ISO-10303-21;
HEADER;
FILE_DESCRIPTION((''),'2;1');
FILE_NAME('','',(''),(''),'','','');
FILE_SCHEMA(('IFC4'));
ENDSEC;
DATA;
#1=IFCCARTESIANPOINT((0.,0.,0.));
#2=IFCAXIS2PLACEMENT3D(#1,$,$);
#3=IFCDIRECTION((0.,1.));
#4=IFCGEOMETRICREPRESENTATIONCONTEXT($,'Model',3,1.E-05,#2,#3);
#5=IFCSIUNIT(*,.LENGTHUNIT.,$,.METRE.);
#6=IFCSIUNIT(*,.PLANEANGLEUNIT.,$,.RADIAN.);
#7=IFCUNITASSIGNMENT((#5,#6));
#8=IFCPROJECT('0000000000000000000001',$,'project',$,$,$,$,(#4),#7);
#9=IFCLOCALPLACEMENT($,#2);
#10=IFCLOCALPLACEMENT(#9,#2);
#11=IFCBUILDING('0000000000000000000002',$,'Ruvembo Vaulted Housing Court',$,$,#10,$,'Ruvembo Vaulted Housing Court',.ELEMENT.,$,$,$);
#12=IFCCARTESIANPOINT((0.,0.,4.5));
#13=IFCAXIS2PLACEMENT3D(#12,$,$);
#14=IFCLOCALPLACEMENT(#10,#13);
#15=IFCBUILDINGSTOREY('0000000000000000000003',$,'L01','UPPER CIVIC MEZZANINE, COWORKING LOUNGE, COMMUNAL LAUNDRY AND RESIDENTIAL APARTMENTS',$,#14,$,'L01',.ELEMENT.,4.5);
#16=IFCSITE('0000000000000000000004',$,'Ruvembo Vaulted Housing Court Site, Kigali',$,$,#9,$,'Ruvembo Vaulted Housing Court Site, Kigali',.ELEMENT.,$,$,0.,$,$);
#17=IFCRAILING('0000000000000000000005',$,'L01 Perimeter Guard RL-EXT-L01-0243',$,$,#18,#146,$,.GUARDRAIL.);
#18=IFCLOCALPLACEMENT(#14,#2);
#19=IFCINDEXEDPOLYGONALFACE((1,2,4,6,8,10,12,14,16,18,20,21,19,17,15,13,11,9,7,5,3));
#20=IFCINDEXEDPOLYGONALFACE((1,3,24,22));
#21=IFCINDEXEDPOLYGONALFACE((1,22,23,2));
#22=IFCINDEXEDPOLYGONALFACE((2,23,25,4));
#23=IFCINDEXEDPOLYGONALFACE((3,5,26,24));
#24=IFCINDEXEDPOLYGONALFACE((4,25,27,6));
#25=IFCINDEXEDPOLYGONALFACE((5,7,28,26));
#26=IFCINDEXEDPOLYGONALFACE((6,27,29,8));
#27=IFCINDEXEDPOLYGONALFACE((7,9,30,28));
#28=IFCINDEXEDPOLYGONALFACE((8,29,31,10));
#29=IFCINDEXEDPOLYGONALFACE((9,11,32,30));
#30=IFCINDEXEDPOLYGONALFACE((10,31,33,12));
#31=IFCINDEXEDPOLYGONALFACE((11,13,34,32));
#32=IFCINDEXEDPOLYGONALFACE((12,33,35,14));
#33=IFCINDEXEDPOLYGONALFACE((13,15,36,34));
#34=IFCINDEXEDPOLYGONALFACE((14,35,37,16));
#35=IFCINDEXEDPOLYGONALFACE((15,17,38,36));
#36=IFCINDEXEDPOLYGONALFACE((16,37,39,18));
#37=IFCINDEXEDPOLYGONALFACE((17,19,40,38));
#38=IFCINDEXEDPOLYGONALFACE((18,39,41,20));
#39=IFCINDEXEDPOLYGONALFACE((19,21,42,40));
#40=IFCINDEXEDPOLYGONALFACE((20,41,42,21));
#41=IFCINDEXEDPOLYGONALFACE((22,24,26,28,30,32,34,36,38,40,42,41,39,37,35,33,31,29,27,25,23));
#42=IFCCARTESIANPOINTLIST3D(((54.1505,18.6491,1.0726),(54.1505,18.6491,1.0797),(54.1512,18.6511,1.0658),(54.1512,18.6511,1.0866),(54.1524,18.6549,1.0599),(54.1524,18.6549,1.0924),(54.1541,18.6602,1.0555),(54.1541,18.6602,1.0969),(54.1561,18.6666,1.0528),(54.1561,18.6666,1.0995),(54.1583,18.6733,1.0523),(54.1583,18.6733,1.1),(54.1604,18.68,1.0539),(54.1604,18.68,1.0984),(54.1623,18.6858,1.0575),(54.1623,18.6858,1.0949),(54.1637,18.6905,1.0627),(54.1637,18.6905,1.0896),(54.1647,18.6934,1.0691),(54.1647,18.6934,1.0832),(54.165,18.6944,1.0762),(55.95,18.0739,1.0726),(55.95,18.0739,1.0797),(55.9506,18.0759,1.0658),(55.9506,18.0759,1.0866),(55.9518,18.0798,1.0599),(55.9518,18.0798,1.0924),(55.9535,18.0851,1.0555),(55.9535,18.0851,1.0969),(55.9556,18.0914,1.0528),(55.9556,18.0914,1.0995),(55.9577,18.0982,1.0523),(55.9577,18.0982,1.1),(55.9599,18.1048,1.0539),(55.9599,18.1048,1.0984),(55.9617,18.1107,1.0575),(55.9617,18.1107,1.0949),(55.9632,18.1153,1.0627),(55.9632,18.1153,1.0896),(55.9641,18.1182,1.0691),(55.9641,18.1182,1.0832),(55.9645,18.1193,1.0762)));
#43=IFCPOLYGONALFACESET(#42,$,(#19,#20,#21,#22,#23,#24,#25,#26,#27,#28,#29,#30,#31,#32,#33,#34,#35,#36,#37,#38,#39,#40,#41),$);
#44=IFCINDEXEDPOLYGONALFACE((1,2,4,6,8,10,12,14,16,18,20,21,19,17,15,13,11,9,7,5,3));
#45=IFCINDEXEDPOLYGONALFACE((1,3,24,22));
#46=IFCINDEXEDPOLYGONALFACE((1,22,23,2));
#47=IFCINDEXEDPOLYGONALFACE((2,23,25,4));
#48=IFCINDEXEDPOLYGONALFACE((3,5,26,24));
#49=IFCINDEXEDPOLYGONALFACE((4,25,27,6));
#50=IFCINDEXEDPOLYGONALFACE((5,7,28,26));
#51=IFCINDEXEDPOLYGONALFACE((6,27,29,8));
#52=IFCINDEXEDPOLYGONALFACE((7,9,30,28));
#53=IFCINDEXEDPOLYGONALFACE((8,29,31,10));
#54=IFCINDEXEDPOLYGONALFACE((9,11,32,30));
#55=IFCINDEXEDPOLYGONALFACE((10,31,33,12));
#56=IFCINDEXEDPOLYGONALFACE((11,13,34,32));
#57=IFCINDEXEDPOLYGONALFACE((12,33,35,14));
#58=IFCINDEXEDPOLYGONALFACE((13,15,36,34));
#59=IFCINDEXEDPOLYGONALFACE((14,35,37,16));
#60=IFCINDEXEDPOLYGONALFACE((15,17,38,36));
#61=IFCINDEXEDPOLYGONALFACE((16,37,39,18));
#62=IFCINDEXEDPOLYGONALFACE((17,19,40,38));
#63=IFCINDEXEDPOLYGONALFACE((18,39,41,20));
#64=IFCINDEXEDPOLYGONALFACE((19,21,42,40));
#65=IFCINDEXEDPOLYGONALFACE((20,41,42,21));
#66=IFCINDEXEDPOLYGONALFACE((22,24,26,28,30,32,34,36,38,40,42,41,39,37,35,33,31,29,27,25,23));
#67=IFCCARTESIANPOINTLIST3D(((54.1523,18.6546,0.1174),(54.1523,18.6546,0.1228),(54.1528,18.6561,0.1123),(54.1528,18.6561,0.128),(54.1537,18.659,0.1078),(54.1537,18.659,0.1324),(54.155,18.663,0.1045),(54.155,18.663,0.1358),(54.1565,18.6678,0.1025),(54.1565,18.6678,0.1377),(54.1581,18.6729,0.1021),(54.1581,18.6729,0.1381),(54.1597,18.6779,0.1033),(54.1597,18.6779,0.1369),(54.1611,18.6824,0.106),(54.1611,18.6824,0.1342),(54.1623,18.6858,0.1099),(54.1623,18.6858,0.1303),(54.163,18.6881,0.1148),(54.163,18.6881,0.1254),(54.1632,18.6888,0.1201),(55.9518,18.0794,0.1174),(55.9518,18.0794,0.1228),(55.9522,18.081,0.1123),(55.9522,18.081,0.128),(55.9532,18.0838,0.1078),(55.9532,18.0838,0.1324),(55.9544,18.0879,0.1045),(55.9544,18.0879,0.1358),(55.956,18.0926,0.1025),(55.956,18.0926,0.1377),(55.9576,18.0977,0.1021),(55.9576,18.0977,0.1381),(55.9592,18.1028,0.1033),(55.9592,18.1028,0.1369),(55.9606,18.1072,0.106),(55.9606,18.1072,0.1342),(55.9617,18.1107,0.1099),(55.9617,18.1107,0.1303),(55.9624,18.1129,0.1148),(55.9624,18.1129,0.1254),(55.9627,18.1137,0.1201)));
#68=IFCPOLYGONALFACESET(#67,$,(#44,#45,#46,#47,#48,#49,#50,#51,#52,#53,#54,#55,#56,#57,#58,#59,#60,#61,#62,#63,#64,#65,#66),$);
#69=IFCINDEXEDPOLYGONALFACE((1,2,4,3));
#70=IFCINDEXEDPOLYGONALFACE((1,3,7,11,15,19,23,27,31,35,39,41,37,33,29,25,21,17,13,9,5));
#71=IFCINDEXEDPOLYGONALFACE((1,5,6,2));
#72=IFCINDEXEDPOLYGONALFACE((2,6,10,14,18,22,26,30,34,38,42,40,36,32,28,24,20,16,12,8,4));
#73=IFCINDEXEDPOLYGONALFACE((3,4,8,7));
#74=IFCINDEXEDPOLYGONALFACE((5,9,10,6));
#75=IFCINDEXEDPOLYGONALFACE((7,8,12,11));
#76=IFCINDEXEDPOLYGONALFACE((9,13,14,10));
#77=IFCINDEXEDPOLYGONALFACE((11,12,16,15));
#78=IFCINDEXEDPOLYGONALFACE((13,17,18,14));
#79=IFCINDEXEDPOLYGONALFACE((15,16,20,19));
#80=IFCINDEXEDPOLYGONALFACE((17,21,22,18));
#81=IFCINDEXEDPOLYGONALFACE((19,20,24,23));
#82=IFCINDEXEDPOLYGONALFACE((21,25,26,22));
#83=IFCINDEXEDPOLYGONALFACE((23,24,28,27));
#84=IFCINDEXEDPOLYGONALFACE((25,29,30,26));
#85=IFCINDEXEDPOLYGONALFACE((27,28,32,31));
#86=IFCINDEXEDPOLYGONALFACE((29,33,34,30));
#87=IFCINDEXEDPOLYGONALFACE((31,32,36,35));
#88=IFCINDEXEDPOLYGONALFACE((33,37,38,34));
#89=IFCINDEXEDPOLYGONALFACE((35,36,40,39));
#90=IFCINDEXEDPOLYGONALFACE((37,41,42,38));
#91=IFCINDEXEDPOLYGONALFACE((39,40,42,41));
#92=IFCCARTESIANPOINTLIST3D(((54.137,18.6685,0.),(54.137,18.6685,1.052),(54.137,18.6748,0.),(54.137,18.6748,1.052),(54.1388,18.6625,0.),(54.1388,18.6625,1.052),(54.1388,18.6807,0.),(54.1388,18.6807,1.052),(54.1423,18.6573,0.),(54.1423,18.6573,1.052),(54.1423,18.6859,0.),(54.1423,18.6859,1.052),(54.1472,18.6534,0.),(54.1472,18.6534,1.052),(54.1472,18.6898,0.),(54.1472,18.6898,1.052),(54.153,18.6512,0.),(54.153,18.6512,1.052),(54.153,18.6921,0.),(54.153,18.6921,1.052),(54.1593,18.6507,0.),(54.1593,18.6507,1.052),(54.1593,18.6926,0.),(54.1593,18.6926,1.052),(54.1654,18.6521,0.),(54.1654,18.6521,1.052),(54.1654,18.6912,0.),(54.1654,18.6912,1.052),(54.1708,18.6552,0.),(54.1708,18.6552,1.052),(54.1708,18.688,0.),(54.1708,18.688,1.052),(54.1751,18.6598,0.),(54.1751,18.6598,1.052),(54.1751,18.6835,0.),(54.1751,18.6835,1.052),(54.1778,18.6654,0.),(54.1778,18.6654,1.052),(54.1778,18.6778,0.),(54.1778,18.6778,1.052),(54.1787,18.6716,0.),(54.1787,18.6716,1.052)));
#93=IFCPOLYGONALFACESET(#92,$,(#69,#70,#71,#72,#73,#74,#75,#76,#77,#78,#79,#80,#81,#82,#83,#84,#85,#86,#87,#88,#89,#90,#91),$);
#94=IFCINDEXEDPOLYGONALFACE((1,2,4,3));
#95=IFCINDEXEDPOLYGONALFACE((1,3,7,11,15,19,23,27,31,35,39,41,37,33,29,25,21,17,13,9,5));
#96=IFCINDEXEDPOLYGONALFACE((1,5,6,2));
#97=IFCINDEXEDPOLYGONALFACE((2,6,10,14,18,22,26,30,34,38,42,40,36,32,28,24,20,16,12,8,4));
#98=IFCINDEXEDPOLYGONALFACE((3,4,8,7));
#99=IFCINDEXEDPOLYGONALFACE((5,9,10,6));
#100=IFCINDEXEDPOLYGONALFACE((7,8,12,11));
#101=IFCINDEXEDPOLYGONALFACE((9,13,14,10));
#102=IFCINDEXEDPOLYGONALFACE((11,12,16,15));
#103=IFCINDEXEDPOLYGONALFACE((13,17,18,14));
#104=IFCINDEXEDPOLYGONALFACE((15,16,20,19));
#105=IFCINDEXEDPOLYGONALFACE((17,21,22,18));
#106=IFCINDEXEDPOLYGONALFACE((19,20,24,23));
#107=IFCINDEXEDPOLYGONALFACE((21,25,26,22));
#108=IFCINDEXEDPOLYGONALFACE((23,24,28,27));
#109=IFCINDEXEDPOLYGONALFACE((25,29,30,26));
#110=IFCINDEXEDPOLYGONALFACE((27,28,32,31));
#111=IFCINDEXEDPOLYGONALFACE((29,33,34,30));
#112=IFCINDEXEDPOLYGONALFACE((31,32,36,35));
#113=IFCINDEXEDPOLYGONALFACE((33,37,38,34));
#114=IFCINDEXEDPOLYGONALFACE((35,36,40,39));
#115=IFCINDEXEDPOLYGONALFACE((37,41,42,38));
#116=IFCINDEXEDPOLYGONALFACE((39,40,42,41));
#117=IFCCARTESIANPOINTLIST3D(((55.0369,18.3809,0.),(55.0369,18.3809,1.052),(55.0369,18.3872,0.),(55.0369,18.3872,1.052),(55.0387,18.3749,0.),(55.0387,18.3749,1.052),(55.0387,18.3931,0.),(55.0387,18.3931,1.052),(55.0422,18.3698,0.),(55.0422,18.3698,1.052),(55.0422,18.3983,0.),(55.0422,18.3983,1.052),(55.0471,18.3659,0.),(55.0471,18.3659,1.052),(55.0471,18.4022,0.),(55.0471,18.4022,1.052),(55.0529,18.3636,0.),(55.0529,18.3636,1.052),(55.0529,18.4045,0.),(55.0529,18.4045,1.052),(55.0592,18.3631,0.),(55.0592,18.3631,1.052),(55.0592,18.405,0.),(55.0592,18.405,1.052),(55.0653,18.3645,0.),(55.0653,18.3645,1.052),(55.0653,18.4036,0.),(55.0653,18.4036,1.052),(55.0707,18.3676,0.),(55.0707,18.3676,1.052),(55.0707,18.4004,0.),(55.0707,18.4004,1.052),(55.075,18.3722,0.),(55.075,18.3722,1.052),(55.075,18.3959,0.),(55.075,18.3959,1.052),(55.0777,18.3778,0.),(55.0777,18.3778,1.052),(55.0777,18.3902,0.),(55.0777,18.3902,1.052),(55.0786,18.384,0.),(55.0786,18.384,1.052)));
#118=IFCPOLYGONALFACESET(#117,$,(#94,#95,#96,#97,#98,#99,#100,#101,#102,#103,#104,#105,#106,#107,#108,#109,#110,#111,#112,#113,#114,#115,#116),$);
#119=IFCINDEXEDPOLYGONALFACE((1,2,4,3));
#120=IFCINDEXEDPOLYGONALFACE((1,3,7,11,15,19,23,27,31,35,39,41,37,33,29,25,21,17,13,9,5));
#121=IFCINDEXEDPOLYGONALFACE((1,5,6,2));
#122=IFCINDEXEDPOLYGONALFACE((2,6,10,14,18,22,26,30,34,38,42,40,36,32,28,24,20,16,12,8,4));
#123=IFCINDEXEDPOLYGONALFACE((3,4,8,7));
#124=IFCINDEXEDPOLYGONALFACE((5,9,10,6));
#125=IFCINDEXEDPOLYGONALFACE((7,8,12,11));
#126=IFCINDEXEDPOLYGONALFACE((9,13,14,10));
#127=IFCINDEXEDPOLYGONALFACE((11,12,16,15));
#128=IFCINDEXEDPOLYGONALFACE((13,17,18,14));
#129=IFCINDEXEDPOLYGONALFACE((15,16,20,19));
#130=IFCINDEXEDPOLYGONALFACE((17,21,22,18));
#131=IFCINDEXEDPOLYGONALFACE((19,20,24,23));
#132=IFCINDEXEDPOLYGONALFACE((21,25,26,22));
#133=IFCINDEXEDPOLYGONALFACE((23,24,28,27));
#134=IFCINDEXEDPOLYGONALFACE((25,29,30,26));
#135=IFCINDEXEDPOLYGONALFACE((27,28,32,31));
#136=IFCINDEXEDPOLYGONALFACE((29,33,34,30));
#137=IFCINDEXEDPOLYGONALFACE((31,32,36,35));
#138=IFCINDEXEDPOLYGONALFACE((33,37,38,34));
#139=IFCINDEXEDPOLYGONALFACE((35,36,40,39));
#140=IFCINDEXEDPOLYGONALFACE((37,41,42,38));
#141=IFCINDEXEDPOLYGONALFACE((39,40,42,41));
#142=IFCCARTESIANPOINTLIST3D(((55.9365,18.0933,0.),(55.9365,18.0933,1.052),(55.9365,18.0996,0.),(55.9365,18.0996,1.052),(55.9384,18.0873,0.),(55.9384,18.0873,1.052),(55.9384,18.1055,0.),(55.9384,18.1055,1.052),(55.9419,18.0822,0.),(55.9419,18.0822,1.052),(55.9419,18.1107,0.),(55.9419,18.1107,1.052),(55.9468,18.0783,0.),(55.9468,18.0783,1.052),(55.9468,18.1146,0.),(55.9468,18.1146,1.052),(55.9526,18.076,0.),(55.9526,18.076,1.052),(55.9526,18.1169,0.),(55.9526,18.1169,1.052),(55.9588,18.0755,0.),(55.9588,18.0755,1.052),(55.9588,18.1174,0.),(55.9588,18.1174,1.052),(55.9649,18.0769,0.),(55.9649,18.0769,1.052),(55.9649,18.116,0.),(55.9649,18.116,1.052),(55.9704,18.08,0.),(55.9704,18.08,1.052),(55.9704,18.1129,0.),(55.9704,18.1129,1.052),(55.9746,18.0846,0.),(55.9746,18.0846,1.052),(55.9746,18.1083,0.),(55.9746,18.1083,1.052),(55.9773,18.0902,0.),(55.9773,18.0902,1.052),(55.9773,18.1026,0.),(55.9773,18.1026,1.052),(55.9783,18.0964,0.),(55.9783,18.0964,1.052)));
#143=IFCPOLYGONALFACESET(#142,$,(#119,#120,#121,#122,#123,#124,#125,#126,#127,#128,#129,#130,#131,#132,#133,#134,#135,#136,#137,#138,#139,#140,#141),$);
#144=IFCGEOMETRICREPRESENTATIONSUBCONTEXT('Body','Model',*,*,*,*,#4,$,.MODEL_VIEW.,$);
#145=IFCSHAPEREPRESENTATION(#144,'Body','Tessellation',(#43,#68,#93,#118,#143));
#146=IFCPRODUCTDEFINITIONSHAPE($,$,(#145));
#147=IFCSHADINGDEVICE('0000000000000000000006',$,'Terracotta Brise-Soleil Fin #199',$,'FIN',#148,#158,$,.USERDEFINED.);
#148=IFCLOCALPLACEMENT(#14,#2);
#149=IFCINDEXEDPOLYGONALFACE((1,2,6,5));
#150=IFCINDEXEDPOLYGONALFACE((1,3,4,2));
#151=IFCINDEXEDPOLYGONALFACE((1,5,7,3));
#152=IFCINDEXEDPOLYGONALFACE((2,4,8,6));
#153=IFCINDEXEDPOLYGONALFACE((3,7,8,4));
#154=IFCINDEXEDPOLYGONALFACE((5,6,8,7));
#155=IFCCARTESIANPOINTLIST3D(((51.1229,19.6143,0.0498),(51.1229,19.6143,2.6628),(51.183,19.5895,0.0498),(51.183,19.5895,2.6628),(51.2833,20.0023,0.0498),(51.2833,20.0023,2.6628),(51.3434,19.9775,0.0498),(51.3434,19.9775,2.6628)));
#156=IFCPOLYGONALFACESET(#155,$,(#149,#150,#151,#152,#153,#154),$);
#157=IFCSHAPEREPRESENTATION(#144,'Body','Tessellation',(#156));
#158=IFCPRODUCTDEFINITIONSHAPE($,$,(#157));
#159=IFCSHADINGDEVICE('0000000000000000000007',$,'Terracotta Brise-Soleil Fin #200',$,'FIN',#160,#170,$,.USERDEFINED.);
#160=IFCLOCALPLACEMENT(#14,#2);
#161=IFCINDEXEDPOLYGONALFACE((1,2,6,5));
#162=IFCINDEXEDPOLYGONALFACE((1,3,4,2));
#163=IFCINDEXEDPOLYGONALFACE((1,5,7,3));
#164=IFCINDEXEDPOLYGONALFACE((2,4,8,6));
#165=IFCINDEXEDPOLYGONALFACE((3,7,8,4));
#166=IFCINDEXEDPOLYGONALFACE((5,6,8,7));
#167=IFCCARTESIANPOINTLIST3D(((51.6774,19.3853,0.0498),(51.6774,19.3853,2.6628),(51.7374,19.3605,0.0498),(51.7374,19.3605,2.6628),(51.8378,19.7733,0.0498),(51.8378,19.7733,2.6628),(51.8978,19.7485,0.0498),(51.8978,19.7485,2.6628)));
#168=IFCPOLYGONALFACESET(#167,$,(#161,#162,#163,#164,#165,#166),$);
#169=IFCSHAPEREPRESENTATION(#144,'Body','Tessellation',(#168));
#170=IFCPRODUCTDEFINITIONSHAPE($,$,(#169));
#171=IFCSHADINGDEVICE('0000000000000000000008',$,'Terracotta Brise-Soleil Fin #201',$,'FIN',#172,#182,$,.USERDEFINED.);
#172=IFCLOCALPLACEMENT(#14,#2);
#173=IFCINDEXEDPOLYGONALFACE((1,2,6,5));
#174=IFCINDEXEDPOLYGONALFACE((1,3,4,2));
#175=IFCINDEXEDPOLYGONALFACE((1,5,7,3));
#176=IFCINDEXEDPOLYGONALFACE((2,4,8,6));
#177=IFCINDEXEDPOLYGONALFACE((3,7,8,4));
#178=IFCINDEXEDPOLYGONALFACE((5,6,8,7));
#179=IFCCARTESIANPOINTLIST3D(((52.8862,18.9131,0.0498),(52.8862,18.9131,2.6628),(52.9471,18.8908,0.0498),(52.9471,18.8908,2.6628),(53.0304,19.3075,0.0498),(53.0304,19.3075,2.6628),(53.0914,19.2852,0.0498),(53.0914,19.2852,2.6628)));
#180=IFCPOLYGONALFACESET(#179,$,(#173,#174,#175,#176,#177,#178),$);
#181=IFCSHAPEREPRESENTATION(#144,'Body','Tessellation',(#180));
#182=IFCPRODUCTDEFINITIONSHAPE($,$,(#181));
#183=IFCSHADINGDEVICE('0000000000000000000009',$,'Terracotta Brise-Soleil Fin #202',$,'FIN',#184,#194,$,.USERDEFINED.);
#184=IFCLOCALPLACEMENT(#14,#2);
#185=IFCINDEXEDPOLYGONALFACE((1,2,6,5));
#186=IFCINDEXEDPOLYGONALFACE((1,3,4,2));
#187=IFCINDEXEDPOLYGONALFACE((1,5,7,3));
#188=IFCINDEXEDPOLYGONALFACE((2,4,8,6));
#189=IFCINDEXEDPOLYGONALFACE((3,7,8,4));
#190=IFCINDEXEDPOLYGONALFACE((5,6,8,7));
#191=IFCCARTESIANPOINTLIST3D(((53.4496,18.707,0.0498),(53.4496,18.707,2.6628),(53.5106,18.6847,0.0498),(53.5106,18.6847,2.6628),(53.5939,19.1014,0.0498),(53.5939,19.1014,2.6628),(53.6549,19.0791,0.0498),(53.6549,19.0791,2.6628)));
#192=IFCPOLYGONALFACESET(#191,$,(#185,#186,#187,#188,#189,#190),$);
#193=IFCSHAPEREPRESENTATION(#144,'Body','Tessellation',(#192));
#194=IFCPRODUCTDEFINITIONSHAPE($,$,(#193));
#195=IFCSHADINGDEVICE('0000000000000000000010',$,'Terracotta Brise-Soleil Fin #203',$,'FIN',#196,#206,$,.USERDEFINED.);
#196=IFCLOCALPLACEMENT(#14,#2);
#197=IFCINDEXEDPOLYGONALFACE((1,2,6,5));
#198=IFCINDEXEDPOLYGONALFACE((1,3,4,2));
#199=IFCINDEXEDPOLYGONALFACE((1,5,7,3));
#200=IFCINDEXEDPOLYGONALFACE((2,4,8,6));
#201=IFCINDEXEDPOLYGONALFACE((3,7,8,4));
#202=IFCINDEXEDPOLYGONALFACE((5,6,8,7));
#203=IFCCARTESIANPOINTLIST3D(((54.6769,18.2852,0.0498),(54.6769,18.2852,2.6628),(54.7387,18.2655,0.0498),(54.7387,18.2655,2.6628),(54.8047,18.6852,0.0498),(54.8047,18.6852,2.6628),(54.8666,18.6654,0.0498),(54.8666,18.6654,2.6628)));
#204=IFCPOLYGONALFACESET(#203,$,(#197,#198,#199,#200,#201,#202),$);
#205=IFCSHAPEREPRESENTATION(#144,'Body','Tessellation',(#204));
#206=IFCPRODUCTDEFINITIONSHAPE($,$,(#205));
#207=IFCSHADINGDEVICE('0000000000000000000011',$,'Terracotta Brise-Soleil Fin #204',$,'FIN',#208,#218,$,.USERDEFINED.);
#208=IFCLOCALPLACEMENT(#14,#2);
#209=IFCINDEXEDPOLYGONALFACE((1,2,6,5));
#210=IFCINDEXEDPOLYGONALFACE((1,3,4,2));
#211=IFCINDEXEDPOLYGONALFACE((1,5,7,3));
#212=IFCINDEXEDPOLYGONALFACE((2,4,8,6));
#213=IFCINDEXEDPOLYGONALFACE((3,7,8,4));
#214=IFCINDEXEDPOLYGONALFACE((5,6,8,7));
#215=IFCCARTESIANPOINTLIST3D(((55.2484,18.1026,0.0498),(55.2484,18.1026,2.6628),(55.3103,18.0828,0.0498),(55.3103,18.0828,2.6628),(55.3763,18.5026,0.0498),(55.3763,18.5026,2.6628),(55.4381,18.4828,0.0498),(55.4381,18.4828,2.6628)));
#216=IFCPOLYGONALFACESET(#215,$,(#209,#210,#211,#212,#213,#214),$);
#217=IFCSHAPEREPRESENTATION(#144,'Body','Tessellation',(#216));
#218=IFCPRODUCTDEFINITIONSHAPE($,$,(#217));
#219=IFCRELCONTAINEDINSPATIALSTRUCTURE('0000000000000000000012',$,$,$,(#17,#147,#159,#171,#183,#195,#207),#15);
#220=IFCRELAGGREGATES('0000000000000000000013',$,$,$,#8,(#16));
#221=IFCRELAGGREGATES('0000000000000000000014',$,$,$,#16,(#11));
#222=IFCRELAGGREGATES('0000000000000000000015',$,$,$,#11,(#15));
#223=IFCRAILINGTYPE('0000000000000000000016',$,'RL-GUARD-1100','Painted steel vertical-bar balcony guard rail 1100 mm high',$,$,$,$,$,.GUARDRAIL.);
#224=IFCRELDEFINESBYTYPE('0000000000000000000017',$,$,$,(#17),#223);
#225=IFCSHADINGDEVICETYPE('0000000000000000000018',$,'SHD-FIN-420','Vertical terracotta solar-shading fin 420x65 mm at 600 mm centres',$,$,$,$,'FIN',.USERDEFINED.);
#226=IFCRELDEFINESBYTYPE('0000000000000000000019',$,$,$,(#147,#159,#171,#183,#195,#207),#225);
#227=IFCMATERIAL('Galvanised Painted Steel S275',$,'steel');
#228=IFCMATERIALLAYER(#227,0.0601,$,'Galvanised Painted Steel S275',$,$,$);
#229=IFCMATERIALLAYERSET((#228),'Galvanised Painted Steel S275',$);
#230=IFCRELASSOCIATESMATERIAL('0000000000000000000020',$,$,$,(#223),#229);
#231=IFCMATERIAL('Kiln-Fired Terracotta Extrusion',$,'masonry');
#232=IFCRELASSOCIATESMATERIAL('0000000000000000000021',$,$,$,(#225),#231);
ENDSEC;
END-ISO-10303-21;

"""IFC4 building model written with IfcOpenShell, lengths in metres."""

from ifc_helpers import new_model, si_unit, direction, frame, origin, origin_2d, place, context, subcontext, project, spatial, rectangle, circle, extrude, material, layer, layer_set, type_object, element, save


model = new_model("IFC4")

# Units and contexts
model_context = context("Model", 3, precision=1e-05, world=origin(), true_north=direction((0.0, 1.0)))
body_context = subcontext(model_context, "Body", "Model", "MODEL_VIEW")
ifc_project = project(units=[si_unit("LENGTHUNIT", "METRE"), si_unit("PLANEANGLEUNIT", "RADIAN")], contexts=[model_context])

# Site, building, storey
site_placement = place(None, origin())
site = spatial("IfcSite", under=ifc_project, at=site_placement, Name="Ruvembo Vaulted Housing Court Site, Kigali", LongName="Ruvembo Vaulted Housing Court Site, Kigali", CompositionType="ELEMENT", RefElevation=0.0)
building_placement = place(site_placement, origin())
building = spatial("IfcBuilding", under=site, at=building_placement, Name="Ruvembo Vaulted Housing Court", LongName="Ruvembo Vaulted Housing Court", CompositionType="ELEMENT")
storey_placement = place(building_placement, frame((0.0, 0.0, 4.5)))
storey = spatial("IfcBuildingStorey", under=building, at=storey_placement, Name="L01", Description="UPPER CIVIC MEZZANINE, COWORKING LOUNGE, COMMUNAL LAUNDRY AND RESIDENTIAL APARTMENTS", LongName="L01", CompositionType="ELEMENT", Elevation=4.5)

# Railing
ifc_material_1 = material(Name="Galvanised Painted Steel S275", Category="steel")
ifc_layer_1 = layer(ifc_material_1, 0.0601, Name="Galvanised Painted Steel S275")
ifc_layer_set_1 = layer_set([ifc_layer_1], Name="Galvanised Painted Steel S275")
railing_type = type_object("IfcRailingType", Name="RL-GUARD-1100", Description="Painted steel vertical-bar balcony guard rail 1100 mm high", PredefinedType="GUARDRAIL", material=ifc_layer_set_1)
railing_1_placement = place(storey_placement, frame((54.1577, 18.6716, 0.0)))
element("IfcRailing", 1, at=railing_1_placement, inside=storey, type_object=railing_type, Name="L01 Perimeter Guard RL-EXT-L01-0243", PredefinedType="GUARDRAIL", context=body_context, shape_type="SweptSolid", body=[
    extrude(circle(Radius=0.0239, at=origin_2d()), frame((0.0, 0.0, 1.0762), z_axis=(0.952526, -0.304457, 0.0), x_axis=(0.304457, 0.952526, 0.0)), (0.0, 0.0, 1.0), 1.8892),
    extrude(circle(Radius=0.0181, at=origin_2d()), frame((0.0, 0.0, 0.1201), z_axis=(0.952526, -0.304457, 0.0), x_axis=(0.304457, 0.952526, 0.0)), (0.0, 0.0, 1.0), 1.8892),
    extrude(circle(Radius=0.021, at=origin_2d()), origin(), (0.0, 0.0, 1.0), 1.052),
    extrude(circle(Radius=0.021, at=origin_2d()), frame((0.8999, -0.2876, 0.0)), (0.0, 0.0, 1.0), 1.052),
    extrude(circle(Radius=0.021, at=origin_2d()), frame((1.7996, -0.5752, 0.0)), (0.0, 0.0, 1.0), 1.052),
])

# Shading devices
ifc_material_2 = material(Name="Kiln-Fired Terracotta Extrusion", Category="masonry")
shading_device_type = type_object("IfcShadingDeviceType", Name="SHD-FIN-420", Description="Vertical terracotta solar-shading fin 420x65 mm at 600 mm centres", ElementType="FIN", PredefinedType="USERDEFINED", material=ifc_material_2)
for number, where, z_axis, x_axis, name in (
    (2, (51.2332, 19.7959, 0.0498), (0.0, 0.0, 1.0), (-0.381958, -0.92418, 0.0), "Terracotta Brise-Soleil Fin #199"),
    (3, (51.7876, 19.5669, 0.0498), (0.0, 0.0, 1.0), (-0.381958, -0.92418, 0.0), "Terracotta Brise-Soleil Fin #200"),
    (4, (52.9888, 19.0991, 0.0498), (0.0, 0.0, 1.0), (-0.343512, -0.939148, 0.0), "Terracotta Brise-Soleil Fin #201"),
    (5, (53.5522, 18.8931, 0.0498), (0.0, 0.0, 1.0), (-0.343512, -0.939148, 0.0), "Terracotta Brise-Soleil Fin #202"),
    (6, (54.7717, 18.4753, 0.0498), (0.0, 0.0, 1.0), (-0.304449, -0.952529, 0.0), "Terracotta Brise-Soleil Fin #203"),
    (7, (55.3433, 18.2927, 0.0498), (0.0, 0.0, 1.0), (-0.304449, -0.952529, 0.0), "Terracotta Brise-Soleil Fin #204"),
):
    element("IfcShadingDevice", number, at=place(storey_placement, frame(where, z_axis=z_axis, x_axis=x_axis)), inside=storey, type_object=shading_device_type, Name=name, ObjectType="FIN", PredefinedType="USERDEFINED", context=body_context, shape_type="SweptSolid", body=[
        extrude(rectangle(XDim=0.4199, YDim=0.0649, at=origin_2d()), origin(), (0.0, 0.0, 1.0), 2.613),
    ])

save(model, "model.ifc")
